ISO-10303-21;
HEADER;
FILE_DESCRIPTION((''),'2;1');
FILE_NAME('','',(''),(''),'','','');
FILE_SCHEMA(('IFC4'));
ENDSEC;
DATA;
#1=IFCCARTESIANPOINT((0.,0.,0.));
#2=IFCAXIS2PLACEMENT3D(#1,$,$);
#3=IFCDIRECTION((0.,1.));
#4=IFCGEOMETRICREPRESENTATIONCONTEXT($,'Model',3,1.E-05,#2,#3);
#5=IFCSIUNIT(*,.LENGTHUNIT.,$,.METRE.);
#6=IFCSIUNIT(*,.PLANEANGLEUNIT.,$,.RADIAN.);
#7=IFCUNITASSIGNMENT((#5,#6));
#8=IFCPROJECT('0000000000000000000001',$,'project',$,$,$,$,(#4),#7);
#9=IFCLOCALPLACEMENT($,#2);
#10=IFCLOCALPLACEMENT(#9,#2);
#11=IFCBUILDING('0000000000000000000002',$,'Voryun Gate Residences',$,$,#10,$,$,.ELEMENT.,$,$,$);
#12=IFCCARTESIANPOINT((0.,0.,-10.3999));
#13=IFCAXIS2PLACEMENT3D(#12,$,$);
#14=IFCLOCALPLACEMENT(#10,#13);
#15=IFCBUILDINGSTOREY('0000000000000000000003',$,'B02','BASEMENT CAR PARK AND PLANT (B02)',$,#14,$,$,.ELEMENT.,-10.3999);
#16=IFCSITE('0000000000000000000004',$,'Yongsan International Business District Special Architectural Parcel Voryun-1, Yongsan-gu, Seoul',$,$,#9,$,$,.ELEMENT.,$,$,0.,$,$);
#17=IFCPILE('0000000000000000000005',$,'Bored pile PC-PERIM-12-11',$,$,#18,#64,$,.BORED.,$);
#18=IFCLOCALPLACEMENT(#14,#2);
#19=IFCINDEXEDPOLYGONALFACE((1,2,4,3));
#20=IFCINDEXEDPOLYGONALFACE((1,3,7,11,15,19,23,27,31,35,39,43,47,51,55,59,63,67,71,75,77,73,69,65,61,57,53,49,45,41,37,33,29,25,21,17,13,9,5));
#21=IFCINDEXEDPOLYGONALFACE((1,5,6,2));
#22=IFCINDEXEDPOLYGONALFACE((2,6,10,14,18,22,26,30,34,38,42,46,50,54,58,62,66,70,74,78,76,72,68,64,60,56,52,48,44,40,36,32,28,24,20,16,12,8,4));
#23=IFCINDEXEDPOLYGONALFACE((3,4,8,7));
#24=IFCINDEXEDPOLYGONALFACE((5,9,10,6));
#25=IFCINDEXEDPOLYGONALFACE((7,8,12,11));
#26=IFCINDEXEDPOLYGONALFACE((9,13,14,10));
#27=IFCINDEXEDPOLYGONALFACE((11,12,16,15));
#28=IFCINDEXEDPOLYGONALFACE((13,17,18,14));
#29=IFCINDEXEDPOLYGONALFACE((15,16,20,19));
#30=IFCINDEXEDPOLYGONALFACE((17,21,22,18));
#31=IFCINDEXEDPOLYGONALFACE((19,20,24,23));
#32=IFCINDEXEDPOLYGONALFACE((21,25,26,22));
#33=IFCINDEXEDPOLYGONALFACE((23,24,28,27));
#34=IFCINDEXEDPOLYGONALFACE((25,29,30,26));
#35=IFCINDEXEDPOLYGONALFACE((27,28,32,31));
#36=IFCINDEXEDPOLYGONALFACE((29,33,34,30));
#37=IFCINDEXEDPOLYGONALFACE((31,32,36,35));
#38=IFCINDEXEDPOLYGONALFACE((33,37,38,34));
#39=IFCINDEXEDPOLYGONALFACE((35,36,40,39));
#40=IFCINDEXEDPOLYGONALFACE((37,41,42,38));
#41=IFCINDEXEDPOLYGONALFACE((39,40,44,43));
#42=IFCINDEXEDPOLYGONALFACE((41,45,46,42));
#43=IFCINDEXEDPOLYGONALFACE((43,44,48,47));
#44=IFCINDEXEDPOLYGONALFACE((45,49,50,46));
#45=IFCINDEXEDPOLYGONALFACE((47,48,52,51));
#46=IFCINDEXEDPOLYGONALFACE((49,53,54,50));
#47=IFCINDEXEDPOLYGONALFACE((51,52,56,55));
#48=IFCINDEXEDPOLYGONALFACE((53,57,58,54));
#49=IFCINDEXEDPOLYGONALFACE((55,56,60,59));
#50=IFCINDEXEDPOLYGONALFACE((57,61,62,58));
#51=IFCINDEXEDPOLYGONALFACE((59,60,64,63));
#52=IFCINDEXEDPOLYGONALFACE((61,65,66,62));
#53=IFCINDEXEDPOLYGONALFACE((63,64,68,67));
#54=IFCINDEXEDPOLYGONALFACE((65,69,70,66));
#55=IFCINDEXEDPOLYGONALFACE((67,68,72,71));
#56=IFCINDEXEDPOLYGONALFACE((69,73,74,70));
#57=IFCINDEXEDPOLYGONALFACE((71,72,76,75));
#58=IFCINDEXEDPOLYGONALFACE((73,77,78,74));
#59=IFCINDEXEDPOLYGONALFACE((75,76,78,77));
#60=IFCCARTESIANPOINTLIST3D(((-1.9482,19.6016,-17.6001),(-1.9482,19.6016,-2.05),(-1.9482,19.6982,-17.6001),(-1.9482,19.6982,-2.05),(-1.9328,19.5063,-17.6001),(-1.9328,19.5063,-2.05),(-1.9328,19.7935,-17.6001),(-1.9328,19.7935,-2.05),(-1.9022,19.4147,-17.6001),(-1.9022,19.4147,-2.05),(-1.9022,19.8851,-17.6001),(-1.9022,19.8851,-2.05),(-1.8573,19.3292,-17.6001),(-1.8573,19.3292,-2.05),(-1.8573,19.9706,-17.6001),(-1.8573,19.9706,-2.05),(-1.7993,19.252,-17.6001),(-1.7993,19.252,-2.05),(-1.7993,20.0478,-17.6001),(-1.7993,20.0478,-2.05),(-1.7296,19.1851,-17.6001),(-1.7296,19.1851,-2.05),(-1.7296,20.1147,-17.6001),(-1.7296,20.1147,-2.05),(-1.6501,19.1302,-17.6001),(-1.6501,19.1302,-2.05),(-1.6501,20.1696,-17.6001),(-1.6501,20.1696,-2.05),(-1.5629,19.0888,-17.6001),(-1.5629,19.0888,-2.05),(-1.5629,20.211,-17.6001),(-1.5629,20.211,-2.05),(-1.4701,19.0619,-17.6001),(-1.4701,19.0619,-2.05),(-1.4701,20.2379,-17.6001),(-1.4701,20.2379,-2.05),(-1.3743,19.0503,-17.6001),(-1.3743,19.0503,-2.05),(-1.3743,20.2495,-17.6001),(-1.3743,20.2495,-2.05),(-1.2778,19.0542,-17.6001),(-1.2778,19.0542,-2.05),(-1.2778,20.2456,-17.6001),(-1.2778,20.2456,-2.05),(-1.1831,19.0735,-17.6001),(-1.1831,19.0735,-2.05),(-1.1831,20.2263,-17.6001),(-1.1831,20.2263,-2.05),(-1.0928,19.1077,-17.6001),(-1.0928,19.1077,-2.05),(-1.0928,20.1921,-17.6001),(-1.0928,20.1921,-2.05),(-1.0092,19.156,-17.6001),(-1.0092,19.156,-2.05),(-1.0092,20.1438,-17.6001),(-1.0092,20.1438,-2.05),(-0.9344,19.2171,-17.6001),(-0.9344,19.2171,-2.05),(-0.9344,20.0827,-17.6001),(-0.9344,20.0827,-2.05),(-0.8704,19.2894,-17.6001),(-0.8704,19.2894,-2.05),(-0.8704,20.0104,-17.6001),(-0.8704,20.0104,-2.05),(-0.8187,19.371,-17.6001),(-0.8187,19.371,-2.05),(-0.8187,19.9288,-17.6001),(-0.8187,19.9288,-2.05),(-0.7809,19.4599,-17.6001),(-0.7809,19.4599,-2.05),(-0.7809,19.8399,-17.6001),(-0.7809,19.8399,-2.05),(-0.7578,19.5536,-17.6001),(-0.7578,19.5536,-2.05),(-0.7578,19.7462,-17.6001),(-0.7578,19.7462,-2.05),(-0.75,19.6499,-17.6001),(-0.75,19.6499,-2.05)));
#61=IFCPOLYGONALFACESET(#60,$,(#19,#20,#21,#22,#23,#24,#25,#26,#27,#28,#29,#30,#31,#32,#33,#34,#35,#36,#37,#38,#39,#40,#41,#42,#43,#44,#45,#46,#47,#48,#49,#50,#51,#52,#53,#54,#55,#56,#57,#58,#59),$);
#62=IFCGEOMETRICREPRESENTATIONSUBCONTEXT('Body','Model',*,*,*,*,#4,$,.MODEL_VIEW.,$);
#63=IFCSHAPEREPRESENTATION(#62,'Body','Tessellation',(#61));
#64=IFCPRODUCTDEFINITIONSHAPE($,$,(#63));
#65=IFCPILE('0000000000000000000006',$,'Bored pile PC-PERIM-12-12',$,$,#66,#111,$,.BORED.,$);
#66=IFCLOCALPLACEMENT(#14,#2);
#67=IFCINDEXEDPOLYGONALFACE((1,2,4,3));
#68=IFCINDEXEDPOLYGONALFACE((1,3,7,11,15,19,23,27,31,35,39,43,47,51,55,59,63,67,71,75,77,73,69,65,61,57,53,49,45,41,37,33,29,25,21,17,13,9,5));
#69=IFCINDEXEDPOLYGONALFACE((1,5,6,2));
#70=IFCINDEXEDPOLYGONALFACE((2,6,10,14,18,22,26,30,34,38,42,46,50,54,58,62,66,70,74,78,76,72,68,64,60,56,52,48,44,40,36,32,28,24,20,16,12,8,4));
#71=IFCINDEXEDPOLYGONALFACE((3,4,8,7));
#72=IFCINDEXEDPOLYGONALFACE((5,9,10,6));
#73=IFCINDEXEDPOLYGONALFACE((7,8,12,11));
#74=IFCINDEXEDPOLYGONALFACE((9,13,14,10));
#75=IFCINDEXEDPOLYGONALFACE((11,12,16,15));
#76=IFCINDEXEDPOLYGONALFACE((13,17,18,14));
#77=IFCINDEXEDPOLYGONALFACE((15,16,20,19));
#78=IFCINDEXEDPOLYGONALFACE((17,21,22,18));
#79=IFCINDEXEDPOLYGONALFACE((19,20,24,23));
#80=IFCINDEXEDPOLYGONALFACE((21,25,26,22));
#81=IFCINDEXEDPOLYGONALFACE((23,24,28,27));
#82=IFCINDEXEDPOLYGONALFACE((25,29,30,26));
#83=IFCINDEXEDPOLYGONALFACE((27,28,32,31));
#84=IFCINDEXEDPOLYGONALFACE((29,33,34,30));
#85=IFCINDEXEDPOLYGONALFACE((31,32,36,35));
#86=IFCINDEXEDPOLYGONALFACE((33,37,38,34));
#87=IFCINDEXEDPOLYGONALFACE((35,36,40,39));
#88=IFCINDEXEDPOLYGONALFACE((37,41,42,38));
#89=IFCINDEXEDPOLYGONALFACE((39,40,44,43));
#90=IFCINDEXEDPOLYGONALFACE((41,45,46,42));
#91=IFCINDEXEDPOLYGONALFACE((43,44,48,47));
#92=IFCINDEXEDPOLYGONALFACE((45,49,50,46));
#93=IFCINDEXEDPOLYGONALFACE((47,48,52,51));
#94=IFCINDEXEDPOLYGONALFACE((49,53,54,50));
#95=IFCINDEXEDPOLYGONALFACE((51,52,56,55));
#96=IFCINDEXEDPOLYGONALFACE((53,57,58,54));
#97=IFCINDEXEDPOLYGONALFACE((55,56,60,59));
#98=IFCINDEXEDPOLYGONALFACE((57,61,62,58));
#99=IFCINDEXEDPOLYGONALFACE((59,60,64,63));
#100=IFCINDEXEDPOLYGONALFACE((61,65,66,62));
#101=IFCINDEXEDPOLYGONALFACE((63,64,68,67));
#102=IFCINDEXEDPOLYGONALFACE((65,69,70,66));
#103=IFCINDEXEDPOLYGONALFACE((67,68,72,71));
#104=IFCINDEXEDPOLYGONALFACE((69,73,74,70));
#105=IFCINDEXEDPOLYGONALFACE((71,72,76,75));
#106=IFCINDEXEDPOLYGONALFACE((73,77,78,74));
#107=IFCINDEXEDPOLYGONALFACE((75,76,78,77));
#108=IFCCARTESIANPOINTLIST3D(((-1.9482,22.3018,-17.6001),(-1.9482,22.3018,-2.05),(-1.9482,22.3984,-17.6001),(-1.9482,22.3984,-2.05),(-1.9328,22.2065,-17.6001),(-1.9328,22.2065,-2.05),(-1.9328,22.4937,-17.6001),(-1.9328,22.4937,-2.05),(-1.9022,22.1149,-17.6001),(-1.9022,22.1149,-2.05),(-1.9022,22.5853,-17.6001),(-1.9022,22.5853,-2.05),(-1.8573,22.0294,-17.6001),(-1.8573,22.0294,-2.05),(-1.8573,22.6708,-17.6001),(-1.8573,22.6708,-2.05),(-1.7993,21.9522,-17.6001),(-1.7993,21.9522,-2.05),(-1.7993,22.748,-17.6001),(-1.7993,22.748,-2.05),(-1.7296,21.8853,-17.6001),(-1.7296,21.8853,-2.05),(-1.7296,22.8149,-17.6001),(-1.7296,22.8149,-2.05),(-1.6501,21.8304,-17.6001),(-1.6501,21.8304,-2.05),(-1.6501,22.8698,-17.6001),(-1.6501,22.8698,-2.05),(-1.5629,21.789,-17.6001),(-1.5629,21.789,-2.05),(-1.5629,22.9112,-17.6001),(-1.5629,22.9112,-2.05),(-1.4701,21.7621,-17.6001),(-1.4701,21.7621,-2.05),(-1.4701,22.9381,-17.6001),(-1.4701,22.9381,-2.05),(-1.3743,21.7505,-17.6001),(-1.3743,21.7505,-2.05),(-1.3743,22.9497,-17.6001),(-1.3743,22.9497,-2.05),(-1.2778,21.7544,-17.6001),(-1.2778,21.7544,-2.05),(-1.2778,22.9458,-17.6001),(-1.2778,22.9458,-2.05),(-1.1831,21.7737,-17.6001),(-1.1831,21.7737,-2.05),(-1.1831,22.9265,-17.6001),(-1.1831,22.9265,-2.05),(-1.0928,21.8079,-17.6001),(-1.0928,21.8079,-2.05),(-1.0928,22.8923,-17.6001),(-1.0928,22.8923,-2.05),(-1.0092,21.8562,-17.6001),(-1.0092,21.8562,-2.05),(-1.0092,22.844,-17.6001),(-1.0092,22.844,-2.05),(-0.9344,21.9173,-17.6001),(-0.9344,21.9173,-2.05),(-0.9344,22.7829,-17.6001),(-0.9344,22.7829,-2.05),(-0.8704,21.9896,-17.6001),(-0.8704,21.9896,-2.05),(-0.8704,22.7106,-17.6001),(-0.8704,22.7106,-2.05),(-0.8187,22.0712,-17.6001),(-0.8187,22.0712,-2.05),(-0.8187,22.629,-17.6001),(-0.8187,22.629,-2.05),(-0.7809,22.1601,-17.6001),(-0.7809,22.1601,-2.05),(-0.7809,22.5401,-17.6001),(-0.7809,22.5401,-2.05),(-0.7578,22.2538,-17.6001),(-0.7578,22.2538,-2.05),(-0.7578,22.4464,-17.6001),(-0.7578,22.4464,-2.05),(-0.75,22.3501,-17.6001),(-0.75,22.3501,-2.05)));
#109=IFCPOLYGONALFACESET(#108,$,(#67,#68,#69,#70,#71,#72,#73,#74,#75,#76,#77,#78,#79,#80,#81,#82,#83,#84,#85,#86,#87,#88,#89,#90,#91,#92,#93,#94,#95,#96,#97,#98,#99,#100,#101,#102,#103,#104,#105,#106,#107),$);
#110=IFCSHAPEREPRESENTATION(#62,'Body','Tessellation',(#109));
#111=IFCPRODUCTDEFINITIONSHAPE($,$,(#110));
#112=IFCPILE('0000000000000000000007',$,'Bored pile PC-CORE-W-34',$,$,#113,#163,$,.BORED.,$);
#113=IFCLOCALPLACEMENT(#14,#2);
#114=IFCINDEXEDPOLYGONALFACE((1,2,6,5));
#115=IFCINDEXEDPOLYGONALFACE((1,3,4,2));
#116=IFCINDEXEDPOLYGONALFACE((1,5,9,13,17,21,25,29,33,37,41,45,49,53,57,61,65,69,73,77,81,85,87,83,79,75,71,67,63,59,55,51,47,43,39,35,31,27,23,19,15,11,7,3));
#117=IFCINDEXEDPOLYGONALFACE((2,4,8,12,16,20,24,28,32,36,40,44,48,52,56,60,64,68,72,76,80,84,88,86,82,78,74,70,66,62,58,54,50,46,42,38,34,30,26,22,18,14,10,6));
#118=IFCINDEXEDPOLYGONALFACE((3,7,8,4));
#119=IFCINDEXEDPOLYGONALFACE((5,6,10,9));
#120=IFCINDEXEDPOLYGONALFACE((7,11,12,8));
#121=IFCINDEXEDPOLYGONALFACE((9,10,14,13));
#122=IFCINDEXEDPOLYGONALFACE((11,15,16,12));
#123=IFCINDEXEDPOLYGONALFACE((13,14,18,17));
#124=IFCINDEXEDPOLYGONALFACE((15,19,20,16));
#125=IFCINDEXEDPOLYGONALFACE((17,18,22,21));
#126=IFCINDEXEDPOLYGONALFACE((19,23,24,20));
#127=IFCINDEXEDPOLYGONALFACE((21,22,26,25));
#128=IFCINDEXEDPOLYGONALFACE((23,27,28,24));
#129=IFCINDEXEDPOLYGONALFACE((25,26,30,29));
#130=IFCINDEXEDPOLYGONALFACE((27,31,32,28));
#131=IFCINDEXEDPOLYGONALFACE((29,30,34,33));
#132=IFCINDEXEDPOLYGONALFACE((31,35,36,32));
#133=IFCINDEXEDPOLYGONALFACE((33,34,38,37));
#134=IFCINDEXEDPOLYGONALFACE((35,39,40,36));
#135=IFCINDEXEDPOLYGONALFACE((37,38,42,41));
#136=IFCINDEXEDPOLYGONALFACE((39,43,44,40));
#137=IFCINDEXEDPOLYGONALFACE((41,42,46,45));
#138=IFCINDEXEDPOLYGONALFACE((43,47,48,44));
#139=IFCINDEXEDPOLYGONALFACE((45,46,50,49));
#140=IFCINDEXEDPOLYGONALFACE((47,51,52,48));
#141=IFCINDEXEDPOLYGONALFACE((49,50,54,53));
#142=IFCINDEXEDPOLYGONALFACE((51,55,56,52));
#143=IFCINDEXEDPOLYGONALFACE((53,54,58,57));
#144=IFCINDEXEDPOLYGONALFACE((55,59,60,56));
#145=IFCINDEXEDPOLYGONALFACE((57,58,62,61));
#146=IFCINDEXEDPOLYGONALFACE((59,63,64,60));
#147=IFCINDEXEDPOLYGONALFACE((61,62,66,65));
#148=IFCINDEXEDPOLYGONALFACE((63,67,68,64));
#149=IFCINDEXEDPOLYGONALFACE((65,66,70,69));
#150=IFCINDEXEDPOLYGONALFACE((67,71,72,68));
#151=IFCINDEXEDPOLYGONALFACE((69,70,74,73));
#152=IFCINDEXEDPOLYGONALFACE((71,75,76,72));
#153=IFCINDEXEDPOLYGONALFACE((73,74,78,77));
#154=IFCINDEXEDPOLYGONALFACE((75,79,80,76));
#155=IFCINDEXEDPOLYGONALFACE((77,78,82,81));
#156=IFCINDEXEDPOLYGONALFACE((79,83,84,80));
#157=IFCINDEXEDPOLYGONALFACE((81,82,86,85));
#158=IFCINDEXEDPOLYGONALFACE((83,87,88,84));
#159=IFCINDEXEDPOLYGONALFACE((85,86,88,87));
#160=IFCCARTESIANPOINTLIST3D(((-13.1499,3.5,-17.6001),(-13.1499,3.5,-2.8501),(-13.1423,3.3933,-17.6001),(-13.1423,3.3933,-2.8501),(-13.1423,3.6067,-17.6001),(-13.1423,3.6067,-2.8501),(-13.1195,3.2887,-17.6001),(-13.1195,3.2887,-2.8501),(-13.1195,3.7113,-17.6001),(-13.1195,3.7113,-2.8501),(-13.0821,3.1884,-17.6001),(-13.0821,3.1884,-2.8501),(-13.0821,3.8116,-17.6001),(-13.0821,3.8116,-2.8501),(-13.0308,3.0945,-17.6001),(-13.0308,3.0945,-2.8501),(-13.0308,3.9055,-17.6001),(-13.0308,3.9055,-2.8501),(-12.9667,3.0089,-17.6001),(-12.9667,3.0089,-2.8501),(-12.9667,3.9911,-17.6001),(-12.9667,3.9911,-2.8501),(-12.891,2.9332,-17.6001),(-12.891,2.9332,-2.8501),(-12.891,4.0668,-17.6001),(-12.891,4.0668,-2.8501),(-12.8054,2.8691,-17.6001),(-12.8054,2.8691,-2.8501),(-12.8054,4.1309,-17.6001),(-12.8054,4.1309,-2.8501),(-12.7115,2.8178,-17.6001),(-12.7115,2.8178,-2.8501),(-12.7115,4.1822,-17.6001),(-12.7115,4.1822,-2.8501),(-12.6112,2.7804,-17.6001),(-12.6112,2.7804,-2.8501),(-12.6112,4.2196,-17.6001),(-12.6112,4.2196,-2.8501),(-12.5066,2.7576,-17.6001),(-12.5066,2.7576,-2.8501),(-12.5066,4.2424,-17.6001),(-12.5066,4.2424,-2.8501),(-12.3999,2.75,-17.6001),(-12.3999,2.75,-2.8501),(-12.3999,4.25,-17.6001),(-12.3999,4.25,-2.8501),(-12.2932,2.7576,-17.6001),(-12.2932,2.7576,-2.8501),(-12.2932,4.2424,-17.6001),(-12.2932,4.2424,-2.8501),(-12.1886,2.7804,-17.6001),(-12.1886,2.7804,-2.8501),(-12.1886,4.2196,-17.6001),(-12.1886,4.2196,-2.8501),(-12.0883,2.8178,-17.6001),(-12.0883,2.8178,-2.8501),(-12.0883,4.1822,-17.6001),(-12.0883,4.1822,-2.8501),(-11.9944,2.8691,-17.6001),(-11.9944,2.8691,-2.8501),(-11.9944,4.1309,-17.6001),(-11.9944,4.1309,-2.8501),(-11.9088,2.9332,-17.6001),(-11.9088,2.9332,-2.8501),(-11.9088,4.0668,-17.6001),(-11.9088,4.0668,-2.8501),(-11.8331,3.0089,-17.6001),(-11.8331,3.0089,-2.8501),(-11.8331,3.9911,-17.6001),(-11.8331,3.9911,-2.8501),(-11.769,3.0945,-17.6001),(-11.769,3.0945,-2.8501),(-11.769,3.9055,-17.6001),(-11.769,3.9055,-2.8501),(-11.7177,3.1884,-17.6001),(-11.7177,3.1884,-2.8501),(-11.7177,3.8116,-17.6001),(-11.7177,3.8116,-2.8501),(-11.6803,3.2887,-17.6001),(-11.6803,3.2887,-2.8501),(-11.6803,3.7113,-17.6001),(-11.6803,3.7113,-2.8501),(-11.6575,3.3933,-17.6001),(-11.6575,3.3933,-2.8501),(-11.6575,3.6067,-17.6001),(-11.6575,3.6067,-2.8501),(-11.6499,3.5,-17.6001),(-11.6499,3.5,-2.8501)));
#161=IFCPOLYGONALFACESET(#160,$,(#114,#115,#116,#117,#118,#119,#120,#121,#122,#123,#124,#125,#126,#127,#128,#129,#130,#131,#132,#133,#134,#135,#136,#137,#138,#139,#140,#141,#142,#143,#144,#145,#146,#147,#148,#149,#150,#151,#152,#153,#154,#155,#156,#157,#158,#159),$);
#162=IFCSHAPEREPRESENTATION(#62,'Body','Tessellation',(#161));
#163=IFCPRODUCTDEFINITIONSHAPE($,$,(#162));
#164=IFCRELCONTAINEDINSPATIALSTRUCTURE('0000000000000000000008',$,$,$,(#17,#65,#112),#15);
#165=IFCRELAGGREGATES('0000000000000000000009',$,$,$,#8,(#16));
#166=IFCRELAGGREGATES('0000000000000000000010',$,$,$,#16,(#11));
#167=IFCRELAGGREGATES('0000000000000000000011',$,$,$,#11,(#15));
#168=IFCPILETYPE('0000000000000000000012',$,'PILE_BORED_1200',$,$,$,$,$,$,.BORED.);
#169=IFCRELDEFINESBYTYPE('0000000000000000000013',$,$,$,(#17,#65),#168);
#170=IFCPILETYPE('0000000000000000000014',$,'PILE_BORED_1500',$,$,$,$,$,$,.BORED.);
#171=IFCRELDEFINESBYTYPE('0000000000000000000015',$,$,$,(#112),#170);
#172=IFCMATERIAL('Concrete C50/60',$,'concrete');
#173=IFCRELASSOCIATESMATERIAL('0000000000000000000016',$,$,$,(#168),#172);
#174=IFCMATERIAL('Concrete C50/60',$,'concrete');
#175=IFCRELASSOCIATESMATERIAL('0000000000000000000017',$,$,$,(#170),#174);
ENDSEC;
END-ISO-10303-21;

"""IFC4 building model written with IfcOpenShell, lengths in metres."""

from ifc_helpers import new_model, si_unit, direction, frame, origin, origin_2d, place, context, subcontext, project, spatial, circle, extrude, material, material_profile, profile_set, type_object, element, save


model = new_model("IFC4")

# Units and contexts
model_context = context("Model", 3, precision=1e-05, world=origin(), true_north=direction((0.0, 1.0)))
body_context = subcontext(model_context, "Body", "Model", "MODEL_VIEW")
ifc_project = project(units=[si_unit("LENGTHUNIT", "METRE"), si_unit("PLANEANGLEUNIT", "RADIAN")], contexts=[model_context])

# Site, building, storey
site_placement = place(None, origin())
site = spatial("IfcSite", under=ifc_project, at=site_placement, Name="Yongsan International Business District Special Architectural Parcel Voryun-1, Yongsan-gu, Seoul", CompositionType="ELEMENT", RefElevation=0.0)
building_placement = place(site_placement, origin())
building = spatial("IfcBuilding", under=site, at=building_placement, Name="Voryun Gate Residences", CompositionType="ELEMENT")
storey_placement = place(building_placement, frame((0.0, 0.0, -10.3999)))
storey = spatial("IfcBuildingStorey", under=building, at=storey_placement, Name="B02", Description="BASEMENT CAR PARK AND PLANT (B02)", CompositionType="ELEMENT", Elevation=-10.3999)

# Piles
ifc_material_1 = material(Name="Concrete C50/60", Category="concrete")
ifc_material_profile_1 = material_profile(ifc_material_1, circle(Radius=0.6001, at=origin_2d()), Name="PILE-D1200")
ifc_profile_set_1 = profile_set([ifc_material_profile_1], Name="Concrete C50/60")
pile_type_1 = type_object("IfcPileType", Name="PILE_BORED_1200", PredefinedType="BORED", material=ifc_profile_set_1)
for number, where, z_axis, x_axis, name in (
    (1, (-1.3501, 19.6499, -2.05), (0.0, 0.0, -1.0), (1.0, 0.0, 0.0), "Bored pile PC-PERIM-12-11"),
    (2, (-1.3501, 22.3501, -2.05), (0.0, 0.0, -1.0), (1.0, 0.0, 0.0), "Bored pile PC-PERIM-12-12"),
):
    element("IfcPile", number, at=place(storey_placement, frame(where, z_axis=z_axis, x_axis=x_axis)), inside=storey, type_object=pile_type_1, Name=name, PredefinedType="BORED", context=body_context, shape_type="SweptSolid", body=[
        extrude(circle(Radius=0.6001, at=origin_2d()), origin(), (0.0, 0.0, 1.0), 15.55),
    ])
ifc_material_2 = material(Name="Concrete C50/60", Category="concrete")
ifc_material_profile_2 = material_profile(ifc_material_2, circle(Radius=0.75, at=origin_2d()), Name="PILE-D1500")
ifc_profile_set_2 = profile_set([ifc_material_profile_2], Name="Concrete C50/60")
pile_type_2 = type_object("IfcPileType", Name="PILE_BORED_1500", PredefinedType="BORED", material=ifc_profile_set_2)
for number, where, z_axis, x_axis, name in (
    (3, (-12.3999, 3.5, -2.8501), (0.0, 0.0, -1.0), (1.0, 0.0, 0.0), "Bored pile PC-CORE-W-34"),
):
    element("IfcPile", number, at=place(storey_placement, frame(where, z_axis=z_axis, x_axis=x_axis)), inside=storey, type_object=pile_type_2, Name=name, PredefinedType="BORED", context=body_context, shape_type="SweptSolid", body=[
        extrude(circle(Radius=0.75, at=origin_2d()), origin(), (0.0, 0.0, 1.0), 14.75),
    ])

save(model, "model.ifc")
